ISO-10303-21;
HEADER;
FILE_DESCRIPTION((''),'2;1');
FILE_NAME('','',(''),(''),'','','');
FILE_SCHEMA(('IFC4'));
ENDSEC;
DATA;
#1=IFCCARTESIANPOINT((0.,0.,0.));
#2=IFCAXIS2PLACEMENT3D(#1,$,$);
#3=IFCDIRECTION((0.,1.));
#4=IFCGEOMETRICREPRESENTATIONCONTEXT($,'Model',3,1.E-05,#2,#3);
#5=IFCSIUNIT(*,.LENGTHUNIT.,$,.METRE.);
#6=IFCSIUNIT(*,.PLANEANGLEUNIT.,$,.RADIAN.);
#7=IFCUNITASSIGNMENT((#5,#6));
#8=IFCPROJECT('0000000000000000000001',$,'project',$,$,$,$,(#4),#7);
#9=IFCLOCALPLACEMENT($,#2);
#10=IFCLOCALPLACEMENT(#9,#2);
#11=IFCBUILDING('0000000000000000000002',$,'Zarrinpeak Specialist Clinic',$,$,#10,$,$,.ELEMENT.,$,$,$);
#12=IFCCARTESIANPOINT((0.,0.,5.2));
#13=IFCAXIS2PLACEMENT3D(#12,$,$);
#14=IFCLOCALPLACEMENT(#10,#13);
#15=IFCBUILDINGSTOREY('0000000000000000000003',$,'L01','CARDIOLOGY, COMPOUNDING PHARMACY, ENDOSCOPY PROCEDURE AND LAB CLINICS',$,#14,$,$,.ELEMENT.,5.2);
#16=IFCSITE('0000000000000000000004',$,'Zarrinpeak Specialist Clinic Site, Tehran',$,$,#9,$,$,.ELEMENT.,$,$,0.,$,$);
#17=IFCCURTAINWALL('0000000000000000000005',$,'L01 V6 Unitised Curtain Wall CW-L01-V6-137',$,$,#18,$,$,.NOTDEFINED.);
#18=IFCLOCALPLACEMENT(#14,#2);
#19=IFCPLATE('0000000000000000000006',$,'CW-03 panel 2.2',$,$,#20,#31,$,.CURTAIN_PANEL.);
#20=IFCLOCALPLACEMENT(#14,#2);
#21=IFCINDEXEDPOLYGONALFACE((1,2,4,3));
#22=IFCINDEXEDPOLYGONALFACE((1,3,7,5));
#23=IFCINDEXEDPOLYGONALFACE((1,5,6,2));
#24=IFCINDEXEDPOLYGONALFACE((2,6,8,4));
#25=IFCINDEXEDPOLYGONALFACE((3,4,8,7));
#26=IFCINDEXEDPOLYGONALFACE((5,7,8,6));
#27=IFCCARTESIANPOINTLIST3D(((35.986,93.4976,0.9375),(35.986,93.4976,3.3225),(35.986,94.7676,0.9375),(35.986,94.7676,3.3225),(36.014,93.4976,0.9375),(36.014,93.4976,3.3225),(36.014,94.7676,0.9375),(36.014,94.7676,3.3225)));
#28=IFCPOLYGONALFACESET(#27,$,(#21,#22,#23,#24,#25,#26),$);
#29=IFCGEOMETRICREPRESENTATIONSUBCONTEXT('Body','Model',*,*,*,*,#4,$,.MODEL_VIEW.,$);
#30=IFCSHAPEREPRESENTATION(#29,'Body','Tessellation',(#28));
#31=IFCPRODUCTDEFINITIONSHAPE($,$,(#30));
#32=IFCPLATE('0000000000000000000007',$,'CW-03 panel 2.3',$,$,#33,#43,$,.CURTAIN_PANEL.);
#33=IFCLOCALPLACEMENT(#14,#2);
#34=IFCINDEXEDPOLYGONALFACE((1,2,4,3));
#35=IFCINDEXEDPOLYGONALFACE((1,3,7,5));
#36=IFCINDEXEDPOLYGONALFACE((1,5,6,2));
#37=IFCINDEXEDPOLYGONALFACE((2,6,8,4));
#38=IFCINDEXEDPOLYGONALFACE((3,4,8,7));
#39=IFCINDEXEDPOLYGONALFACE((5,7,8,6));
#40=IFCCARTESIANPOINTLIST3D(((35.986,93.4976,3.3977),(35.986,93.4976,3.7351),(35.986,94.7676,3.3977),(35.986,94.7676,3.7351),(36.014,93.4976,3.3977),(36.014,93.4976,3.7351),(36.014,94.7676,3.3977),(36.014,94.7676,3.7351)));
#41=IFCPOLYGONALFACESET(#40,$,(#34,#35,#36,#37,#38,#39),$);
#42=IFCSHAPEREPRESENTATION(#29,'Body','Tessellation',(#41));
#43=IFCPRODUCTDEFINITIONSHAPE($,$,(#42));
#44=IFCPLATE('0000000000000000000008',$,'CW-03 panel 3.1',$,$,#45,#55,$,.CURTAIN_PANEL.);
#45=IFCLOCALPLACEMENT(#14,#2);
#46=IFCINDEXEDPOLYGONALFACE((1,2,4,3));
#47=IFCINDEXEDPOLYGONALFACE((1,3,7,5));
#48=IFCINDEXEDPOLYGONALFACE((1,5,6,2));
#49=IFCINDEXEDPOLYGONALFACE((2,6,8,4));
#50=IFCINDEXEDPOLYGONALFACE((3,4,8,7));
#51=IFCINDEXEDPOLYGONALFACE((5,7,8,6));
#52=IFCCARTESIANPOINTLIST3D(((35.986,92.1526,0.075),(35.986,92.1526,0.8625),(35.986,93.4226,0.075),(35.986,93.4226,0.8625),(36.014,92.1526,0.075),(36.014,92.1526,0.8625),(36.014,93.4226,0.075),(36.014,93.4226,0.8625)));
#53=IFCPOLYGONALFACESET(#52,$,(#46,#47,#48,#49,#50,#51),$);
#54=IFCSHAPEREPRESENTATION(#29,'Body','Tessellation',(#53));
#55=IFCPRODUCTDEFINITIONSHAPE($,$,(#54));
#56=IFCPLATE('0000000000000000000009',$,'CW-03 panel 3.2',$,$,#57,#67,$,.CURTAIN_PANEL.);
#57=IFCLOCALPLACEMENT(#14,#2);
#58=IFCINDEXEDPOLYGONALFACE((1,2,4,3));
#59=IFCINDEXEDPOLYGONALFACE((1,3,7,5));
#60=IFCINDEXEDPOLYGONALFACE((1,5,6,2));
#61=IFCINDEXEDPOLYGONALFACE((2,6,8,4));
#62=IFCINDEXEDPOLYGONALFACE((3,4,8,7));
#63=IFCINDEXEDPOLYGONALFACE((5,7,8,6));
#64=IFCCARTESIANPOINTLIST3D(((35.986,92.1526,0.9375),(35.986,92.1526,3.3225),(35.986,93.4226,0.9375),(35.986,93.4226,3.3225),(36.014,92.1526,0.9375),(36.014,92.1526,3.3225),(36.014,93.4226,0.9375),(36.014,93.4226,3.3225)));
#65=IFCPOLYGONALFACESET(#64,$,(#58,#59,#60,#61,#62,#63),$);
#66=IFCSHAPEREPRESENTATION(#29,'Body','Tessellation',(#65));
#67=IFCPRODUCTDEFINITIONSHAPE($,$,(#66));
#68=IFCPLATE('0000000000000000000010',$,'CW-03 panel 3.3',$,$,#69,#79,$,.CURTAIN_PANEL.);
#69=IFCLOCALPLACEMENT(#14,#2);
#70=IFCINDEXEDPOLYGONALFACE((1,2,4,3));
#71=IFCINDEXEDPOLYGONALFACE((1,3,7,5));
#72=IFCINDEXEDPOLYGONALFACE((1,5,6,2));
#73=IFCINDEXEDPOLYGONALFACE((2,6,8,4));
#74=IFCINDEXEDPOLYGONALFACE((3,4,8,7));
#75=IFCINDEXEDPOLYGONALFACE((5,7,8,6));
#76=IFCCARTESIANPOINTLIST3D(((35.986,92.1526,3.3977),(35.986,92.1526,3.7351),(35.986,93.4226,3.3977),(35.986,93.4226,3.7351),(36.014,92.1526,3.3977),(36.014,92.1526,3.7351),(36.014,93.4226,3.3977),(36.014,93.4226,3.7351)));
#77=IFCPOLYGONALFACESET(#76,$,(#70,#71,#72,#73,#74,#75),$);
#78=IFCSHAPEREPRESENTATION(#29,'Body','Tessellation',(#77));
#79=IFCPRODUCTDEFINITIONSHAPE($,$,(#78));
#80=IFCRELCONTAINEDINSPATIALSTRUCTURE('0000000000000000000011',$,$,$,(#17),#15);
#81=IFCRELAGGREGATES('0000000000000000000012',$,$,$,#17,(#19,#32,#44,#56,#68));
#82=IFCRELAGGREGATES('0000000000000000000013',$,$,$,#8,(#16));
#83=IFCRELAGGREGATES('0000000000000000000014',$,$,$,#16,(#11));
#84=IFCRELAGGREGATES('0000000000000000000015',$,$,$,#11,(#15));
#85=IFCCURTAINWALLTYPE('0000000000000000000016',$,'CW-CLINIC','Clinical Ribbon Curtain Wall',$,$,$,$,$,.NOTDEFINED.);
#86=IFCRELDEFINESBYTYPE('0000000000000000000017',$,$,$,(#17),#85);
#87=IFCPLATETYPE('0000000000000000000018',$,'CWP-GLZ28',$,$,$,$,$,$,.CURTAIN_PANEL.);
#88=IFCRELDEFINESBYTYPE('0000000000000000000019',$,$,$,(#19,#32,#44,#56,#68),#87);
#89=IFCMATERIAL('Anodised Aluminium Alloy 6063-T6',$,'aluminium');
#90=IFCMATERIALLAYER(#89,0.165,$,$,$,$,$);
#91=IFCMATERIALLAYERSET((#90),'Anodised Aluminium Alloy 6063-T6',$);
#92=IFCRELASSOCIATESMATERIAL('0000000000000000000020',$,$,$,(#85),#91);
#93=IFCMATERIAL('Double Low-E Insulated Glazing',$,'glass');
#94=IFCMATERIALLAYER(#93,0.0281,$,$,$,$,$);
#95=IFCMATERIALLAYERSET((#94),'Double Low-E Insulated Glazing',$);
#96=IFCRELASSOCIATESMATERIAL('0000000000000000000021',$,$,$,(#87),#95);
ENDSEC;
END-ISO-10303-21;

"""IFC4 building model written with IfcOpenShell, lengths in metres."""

from ifc_helpers import new_model, si_unit, direction, frame, origin, origin_2d, place, context, subcontext, project, spatial, rectangle, extrude, material, layer, layer_set, type_object, element, aggregate, save


model = new_model("IFC4")

# Units and contexts
model_context = context("Model", 3, precision=1e-05, world=origin(), true_north=direction((0.0, 1.0)))
body_context = subcontext(model_context, "Body", "Model", "MODEL_VIEW")
ifc_project = project(units=[si_unit("LENGTHUNIT", "METRE"), si_unit("PLANEANGLEUNIT", "RADIAN")], contexts=[model_context])

# Site, building, storey
site_placement = place(None, origin())
site = spatial("IfcSite", under=ifc_project, at=site_placement, Name="Zarrinpeak Specialist Clinic Site, Tehran", CompositionType="ELEMENT", RefElevation=0.0)
building_placement = place(site_placement, origin())
building = spatial("IfcBuilding", under=site, at=building_placement, Name="Zarrinpeak Specialist Clinic", CompositionType="ELEMENT")
storey_placement = place(building_placement, frame((0.0, 0.0, 5.2)))
storey = spatial("IfcBuildingStorey", under=building, at=storey_placement, Name="L01", Description="CARDIOLOGY, COMPOUNDING PHARMACY, ENDOSCOPY PROCEDURE AND LAB CLINICS", CompositionType="ELEMENT", Elevation=5.2)

# Curtain wall, plates
ifc_material_1 = material(Name="Anodised Aluminium Alloy 6063-T6", Category="aluminium")
ifc_layer_1 = layer(ifc_material_1, 0.165)
ifc_layer_set_1 = layer_set([ifc_layer_1], Name="Anodised Aluminium Alloy 6063-T6")
curtain_wall_type = type_object("IfcCurtainWallType", Name="CW-CLINIC", Description="Clinical Ribbon Curtain Wall", PredefinedType="NOTDEFINED", material=ifc_layer_set_1)
curtain_wall_placement = place(storey_placement, origin())
curtain_wall = element("IfcCurtainWall", 1, at=curtain_wall_placement, inside=storey, type_object=curtain_wall_type, Name="L01 V6 Unitised Curtain Wall CW-L01-V6-137", PredefinedType="NOTDEFINED")
ifc_material_2 = material(Name="Double Low-E Insulated Glazing", Category="glass")
ifc_layer_2 = layer(ifc_material_2, 0.0281)
ifc_layer_set_2 = layer_set([ifc_layer_2], Name="Double Low-E Insulated Glazing")
plate_type = type_object("IfcPlateType", Name="CWP-GLZ28", PredefinedType="CURTAIN_PANEL", material=ifc_layer_set_2)
plate_1_placement = place(storey_placement, frame((36.0, 94.1326, 0.9375), z_axis=(0.0, 0.0, 1.0), x_axis=(0.0, -1.0, 0.0)))
plate_1 = element("IfcPlate", 2, at=plate_1_placement, type_object=plate_type, Name="CW-03 panel 2.2", PredefinedType="CURTAIN_PANEL", context=body_context, shape_type="SweptSolid", body=[
    extrude(rectangle(XDim=1.27, YDim=0.0281, at=origin_2d()), origin(), (0.0, 0.0, 1.0), 2.385),
])
plate_2_placement = place(storey_placement, frame((36.0, 94.1326, 3.3977), z_axis=(0.0, 0.0, 1.0), x_axis=(0.0, -1.0, 0.0)))
plate_2 = element("IfcPlate", 3, at=plate_2_placement, type_object=plate_type, Name="CW-03 panel 2.3", PredefinedType="CURTAIN_PANEL", context=body_context, shape_type="SweptSolid", body=[
    extrude(rectangle(XDim=1.27, YDim=0.0281, at=origin_2d()), origin(), (0.0, 0.0, 1.0), 0.3374),
])
plate_3_placement = place(storey_placement, frame((36.0, 92.7876, 0.075), z_axis=(0.0, 0.0, 1.0), x_axis=(0.0, -1.0, 0.0)))
plate_3 = element("IfcPlate", 4, at=plate_3_placement, type_object=plate_type, Name="CW-03 panel 3.1", PredefinedType="CURTAIN_PANEL", context=body_context, shape_type="SweptSolid", body=[
    extrude(rectangle(XDim=1.27, YDim=0.0281, at=origin_2d()), origin(), (0.0, 0.0, 1.0), 0.7876),
])
plate_4_placement = place(storey_placement, frame((36.0, 92.7876, 0.9375), z_axis=(0.0, 0.0, 1.0), x_axis=(0.0, -1.0, 0.0)))
plate_4 = element("IfcPlate", 5, at=plate_4_placement, type_object=plate_type, Name="CW-03 panel 3.2", PredefinedType="CURTAIN_PANEL", context=body_context, shape_type="SweptSolid", body=[
    extrude(rectangle(XDim=1.27, YDim=0.0281, at=origin_2d()), origin(), (0.0, 0.0, 1.0), 2.385),
])
plate_5_placement = place(storey_placement, frame((36.0, 92.7876, 3.3977), z_axis=(0.0, 0.0, 1.0), x_axis=(0.0, -1.0, 0.0)))
plate_5 = element("IfcPlate", 6, at=plate_5_placement, type_object=plate_type, Name="CW-03 panel 3.3", PredefinedType="CURTAIN_PANEL", context=body_context, shape_type="SweptSolid", body=[
    extrude(rectangle(XDim=1.27, YDim=0.0281, at=origin_2d()), origin(), (0.0, 0.0, 1.0), 0.3374),
])
aggregate(curtain_wall, [plate_1, plate_2, plate_3, plate_4, plate_5])

save(model, "model.ifc")
